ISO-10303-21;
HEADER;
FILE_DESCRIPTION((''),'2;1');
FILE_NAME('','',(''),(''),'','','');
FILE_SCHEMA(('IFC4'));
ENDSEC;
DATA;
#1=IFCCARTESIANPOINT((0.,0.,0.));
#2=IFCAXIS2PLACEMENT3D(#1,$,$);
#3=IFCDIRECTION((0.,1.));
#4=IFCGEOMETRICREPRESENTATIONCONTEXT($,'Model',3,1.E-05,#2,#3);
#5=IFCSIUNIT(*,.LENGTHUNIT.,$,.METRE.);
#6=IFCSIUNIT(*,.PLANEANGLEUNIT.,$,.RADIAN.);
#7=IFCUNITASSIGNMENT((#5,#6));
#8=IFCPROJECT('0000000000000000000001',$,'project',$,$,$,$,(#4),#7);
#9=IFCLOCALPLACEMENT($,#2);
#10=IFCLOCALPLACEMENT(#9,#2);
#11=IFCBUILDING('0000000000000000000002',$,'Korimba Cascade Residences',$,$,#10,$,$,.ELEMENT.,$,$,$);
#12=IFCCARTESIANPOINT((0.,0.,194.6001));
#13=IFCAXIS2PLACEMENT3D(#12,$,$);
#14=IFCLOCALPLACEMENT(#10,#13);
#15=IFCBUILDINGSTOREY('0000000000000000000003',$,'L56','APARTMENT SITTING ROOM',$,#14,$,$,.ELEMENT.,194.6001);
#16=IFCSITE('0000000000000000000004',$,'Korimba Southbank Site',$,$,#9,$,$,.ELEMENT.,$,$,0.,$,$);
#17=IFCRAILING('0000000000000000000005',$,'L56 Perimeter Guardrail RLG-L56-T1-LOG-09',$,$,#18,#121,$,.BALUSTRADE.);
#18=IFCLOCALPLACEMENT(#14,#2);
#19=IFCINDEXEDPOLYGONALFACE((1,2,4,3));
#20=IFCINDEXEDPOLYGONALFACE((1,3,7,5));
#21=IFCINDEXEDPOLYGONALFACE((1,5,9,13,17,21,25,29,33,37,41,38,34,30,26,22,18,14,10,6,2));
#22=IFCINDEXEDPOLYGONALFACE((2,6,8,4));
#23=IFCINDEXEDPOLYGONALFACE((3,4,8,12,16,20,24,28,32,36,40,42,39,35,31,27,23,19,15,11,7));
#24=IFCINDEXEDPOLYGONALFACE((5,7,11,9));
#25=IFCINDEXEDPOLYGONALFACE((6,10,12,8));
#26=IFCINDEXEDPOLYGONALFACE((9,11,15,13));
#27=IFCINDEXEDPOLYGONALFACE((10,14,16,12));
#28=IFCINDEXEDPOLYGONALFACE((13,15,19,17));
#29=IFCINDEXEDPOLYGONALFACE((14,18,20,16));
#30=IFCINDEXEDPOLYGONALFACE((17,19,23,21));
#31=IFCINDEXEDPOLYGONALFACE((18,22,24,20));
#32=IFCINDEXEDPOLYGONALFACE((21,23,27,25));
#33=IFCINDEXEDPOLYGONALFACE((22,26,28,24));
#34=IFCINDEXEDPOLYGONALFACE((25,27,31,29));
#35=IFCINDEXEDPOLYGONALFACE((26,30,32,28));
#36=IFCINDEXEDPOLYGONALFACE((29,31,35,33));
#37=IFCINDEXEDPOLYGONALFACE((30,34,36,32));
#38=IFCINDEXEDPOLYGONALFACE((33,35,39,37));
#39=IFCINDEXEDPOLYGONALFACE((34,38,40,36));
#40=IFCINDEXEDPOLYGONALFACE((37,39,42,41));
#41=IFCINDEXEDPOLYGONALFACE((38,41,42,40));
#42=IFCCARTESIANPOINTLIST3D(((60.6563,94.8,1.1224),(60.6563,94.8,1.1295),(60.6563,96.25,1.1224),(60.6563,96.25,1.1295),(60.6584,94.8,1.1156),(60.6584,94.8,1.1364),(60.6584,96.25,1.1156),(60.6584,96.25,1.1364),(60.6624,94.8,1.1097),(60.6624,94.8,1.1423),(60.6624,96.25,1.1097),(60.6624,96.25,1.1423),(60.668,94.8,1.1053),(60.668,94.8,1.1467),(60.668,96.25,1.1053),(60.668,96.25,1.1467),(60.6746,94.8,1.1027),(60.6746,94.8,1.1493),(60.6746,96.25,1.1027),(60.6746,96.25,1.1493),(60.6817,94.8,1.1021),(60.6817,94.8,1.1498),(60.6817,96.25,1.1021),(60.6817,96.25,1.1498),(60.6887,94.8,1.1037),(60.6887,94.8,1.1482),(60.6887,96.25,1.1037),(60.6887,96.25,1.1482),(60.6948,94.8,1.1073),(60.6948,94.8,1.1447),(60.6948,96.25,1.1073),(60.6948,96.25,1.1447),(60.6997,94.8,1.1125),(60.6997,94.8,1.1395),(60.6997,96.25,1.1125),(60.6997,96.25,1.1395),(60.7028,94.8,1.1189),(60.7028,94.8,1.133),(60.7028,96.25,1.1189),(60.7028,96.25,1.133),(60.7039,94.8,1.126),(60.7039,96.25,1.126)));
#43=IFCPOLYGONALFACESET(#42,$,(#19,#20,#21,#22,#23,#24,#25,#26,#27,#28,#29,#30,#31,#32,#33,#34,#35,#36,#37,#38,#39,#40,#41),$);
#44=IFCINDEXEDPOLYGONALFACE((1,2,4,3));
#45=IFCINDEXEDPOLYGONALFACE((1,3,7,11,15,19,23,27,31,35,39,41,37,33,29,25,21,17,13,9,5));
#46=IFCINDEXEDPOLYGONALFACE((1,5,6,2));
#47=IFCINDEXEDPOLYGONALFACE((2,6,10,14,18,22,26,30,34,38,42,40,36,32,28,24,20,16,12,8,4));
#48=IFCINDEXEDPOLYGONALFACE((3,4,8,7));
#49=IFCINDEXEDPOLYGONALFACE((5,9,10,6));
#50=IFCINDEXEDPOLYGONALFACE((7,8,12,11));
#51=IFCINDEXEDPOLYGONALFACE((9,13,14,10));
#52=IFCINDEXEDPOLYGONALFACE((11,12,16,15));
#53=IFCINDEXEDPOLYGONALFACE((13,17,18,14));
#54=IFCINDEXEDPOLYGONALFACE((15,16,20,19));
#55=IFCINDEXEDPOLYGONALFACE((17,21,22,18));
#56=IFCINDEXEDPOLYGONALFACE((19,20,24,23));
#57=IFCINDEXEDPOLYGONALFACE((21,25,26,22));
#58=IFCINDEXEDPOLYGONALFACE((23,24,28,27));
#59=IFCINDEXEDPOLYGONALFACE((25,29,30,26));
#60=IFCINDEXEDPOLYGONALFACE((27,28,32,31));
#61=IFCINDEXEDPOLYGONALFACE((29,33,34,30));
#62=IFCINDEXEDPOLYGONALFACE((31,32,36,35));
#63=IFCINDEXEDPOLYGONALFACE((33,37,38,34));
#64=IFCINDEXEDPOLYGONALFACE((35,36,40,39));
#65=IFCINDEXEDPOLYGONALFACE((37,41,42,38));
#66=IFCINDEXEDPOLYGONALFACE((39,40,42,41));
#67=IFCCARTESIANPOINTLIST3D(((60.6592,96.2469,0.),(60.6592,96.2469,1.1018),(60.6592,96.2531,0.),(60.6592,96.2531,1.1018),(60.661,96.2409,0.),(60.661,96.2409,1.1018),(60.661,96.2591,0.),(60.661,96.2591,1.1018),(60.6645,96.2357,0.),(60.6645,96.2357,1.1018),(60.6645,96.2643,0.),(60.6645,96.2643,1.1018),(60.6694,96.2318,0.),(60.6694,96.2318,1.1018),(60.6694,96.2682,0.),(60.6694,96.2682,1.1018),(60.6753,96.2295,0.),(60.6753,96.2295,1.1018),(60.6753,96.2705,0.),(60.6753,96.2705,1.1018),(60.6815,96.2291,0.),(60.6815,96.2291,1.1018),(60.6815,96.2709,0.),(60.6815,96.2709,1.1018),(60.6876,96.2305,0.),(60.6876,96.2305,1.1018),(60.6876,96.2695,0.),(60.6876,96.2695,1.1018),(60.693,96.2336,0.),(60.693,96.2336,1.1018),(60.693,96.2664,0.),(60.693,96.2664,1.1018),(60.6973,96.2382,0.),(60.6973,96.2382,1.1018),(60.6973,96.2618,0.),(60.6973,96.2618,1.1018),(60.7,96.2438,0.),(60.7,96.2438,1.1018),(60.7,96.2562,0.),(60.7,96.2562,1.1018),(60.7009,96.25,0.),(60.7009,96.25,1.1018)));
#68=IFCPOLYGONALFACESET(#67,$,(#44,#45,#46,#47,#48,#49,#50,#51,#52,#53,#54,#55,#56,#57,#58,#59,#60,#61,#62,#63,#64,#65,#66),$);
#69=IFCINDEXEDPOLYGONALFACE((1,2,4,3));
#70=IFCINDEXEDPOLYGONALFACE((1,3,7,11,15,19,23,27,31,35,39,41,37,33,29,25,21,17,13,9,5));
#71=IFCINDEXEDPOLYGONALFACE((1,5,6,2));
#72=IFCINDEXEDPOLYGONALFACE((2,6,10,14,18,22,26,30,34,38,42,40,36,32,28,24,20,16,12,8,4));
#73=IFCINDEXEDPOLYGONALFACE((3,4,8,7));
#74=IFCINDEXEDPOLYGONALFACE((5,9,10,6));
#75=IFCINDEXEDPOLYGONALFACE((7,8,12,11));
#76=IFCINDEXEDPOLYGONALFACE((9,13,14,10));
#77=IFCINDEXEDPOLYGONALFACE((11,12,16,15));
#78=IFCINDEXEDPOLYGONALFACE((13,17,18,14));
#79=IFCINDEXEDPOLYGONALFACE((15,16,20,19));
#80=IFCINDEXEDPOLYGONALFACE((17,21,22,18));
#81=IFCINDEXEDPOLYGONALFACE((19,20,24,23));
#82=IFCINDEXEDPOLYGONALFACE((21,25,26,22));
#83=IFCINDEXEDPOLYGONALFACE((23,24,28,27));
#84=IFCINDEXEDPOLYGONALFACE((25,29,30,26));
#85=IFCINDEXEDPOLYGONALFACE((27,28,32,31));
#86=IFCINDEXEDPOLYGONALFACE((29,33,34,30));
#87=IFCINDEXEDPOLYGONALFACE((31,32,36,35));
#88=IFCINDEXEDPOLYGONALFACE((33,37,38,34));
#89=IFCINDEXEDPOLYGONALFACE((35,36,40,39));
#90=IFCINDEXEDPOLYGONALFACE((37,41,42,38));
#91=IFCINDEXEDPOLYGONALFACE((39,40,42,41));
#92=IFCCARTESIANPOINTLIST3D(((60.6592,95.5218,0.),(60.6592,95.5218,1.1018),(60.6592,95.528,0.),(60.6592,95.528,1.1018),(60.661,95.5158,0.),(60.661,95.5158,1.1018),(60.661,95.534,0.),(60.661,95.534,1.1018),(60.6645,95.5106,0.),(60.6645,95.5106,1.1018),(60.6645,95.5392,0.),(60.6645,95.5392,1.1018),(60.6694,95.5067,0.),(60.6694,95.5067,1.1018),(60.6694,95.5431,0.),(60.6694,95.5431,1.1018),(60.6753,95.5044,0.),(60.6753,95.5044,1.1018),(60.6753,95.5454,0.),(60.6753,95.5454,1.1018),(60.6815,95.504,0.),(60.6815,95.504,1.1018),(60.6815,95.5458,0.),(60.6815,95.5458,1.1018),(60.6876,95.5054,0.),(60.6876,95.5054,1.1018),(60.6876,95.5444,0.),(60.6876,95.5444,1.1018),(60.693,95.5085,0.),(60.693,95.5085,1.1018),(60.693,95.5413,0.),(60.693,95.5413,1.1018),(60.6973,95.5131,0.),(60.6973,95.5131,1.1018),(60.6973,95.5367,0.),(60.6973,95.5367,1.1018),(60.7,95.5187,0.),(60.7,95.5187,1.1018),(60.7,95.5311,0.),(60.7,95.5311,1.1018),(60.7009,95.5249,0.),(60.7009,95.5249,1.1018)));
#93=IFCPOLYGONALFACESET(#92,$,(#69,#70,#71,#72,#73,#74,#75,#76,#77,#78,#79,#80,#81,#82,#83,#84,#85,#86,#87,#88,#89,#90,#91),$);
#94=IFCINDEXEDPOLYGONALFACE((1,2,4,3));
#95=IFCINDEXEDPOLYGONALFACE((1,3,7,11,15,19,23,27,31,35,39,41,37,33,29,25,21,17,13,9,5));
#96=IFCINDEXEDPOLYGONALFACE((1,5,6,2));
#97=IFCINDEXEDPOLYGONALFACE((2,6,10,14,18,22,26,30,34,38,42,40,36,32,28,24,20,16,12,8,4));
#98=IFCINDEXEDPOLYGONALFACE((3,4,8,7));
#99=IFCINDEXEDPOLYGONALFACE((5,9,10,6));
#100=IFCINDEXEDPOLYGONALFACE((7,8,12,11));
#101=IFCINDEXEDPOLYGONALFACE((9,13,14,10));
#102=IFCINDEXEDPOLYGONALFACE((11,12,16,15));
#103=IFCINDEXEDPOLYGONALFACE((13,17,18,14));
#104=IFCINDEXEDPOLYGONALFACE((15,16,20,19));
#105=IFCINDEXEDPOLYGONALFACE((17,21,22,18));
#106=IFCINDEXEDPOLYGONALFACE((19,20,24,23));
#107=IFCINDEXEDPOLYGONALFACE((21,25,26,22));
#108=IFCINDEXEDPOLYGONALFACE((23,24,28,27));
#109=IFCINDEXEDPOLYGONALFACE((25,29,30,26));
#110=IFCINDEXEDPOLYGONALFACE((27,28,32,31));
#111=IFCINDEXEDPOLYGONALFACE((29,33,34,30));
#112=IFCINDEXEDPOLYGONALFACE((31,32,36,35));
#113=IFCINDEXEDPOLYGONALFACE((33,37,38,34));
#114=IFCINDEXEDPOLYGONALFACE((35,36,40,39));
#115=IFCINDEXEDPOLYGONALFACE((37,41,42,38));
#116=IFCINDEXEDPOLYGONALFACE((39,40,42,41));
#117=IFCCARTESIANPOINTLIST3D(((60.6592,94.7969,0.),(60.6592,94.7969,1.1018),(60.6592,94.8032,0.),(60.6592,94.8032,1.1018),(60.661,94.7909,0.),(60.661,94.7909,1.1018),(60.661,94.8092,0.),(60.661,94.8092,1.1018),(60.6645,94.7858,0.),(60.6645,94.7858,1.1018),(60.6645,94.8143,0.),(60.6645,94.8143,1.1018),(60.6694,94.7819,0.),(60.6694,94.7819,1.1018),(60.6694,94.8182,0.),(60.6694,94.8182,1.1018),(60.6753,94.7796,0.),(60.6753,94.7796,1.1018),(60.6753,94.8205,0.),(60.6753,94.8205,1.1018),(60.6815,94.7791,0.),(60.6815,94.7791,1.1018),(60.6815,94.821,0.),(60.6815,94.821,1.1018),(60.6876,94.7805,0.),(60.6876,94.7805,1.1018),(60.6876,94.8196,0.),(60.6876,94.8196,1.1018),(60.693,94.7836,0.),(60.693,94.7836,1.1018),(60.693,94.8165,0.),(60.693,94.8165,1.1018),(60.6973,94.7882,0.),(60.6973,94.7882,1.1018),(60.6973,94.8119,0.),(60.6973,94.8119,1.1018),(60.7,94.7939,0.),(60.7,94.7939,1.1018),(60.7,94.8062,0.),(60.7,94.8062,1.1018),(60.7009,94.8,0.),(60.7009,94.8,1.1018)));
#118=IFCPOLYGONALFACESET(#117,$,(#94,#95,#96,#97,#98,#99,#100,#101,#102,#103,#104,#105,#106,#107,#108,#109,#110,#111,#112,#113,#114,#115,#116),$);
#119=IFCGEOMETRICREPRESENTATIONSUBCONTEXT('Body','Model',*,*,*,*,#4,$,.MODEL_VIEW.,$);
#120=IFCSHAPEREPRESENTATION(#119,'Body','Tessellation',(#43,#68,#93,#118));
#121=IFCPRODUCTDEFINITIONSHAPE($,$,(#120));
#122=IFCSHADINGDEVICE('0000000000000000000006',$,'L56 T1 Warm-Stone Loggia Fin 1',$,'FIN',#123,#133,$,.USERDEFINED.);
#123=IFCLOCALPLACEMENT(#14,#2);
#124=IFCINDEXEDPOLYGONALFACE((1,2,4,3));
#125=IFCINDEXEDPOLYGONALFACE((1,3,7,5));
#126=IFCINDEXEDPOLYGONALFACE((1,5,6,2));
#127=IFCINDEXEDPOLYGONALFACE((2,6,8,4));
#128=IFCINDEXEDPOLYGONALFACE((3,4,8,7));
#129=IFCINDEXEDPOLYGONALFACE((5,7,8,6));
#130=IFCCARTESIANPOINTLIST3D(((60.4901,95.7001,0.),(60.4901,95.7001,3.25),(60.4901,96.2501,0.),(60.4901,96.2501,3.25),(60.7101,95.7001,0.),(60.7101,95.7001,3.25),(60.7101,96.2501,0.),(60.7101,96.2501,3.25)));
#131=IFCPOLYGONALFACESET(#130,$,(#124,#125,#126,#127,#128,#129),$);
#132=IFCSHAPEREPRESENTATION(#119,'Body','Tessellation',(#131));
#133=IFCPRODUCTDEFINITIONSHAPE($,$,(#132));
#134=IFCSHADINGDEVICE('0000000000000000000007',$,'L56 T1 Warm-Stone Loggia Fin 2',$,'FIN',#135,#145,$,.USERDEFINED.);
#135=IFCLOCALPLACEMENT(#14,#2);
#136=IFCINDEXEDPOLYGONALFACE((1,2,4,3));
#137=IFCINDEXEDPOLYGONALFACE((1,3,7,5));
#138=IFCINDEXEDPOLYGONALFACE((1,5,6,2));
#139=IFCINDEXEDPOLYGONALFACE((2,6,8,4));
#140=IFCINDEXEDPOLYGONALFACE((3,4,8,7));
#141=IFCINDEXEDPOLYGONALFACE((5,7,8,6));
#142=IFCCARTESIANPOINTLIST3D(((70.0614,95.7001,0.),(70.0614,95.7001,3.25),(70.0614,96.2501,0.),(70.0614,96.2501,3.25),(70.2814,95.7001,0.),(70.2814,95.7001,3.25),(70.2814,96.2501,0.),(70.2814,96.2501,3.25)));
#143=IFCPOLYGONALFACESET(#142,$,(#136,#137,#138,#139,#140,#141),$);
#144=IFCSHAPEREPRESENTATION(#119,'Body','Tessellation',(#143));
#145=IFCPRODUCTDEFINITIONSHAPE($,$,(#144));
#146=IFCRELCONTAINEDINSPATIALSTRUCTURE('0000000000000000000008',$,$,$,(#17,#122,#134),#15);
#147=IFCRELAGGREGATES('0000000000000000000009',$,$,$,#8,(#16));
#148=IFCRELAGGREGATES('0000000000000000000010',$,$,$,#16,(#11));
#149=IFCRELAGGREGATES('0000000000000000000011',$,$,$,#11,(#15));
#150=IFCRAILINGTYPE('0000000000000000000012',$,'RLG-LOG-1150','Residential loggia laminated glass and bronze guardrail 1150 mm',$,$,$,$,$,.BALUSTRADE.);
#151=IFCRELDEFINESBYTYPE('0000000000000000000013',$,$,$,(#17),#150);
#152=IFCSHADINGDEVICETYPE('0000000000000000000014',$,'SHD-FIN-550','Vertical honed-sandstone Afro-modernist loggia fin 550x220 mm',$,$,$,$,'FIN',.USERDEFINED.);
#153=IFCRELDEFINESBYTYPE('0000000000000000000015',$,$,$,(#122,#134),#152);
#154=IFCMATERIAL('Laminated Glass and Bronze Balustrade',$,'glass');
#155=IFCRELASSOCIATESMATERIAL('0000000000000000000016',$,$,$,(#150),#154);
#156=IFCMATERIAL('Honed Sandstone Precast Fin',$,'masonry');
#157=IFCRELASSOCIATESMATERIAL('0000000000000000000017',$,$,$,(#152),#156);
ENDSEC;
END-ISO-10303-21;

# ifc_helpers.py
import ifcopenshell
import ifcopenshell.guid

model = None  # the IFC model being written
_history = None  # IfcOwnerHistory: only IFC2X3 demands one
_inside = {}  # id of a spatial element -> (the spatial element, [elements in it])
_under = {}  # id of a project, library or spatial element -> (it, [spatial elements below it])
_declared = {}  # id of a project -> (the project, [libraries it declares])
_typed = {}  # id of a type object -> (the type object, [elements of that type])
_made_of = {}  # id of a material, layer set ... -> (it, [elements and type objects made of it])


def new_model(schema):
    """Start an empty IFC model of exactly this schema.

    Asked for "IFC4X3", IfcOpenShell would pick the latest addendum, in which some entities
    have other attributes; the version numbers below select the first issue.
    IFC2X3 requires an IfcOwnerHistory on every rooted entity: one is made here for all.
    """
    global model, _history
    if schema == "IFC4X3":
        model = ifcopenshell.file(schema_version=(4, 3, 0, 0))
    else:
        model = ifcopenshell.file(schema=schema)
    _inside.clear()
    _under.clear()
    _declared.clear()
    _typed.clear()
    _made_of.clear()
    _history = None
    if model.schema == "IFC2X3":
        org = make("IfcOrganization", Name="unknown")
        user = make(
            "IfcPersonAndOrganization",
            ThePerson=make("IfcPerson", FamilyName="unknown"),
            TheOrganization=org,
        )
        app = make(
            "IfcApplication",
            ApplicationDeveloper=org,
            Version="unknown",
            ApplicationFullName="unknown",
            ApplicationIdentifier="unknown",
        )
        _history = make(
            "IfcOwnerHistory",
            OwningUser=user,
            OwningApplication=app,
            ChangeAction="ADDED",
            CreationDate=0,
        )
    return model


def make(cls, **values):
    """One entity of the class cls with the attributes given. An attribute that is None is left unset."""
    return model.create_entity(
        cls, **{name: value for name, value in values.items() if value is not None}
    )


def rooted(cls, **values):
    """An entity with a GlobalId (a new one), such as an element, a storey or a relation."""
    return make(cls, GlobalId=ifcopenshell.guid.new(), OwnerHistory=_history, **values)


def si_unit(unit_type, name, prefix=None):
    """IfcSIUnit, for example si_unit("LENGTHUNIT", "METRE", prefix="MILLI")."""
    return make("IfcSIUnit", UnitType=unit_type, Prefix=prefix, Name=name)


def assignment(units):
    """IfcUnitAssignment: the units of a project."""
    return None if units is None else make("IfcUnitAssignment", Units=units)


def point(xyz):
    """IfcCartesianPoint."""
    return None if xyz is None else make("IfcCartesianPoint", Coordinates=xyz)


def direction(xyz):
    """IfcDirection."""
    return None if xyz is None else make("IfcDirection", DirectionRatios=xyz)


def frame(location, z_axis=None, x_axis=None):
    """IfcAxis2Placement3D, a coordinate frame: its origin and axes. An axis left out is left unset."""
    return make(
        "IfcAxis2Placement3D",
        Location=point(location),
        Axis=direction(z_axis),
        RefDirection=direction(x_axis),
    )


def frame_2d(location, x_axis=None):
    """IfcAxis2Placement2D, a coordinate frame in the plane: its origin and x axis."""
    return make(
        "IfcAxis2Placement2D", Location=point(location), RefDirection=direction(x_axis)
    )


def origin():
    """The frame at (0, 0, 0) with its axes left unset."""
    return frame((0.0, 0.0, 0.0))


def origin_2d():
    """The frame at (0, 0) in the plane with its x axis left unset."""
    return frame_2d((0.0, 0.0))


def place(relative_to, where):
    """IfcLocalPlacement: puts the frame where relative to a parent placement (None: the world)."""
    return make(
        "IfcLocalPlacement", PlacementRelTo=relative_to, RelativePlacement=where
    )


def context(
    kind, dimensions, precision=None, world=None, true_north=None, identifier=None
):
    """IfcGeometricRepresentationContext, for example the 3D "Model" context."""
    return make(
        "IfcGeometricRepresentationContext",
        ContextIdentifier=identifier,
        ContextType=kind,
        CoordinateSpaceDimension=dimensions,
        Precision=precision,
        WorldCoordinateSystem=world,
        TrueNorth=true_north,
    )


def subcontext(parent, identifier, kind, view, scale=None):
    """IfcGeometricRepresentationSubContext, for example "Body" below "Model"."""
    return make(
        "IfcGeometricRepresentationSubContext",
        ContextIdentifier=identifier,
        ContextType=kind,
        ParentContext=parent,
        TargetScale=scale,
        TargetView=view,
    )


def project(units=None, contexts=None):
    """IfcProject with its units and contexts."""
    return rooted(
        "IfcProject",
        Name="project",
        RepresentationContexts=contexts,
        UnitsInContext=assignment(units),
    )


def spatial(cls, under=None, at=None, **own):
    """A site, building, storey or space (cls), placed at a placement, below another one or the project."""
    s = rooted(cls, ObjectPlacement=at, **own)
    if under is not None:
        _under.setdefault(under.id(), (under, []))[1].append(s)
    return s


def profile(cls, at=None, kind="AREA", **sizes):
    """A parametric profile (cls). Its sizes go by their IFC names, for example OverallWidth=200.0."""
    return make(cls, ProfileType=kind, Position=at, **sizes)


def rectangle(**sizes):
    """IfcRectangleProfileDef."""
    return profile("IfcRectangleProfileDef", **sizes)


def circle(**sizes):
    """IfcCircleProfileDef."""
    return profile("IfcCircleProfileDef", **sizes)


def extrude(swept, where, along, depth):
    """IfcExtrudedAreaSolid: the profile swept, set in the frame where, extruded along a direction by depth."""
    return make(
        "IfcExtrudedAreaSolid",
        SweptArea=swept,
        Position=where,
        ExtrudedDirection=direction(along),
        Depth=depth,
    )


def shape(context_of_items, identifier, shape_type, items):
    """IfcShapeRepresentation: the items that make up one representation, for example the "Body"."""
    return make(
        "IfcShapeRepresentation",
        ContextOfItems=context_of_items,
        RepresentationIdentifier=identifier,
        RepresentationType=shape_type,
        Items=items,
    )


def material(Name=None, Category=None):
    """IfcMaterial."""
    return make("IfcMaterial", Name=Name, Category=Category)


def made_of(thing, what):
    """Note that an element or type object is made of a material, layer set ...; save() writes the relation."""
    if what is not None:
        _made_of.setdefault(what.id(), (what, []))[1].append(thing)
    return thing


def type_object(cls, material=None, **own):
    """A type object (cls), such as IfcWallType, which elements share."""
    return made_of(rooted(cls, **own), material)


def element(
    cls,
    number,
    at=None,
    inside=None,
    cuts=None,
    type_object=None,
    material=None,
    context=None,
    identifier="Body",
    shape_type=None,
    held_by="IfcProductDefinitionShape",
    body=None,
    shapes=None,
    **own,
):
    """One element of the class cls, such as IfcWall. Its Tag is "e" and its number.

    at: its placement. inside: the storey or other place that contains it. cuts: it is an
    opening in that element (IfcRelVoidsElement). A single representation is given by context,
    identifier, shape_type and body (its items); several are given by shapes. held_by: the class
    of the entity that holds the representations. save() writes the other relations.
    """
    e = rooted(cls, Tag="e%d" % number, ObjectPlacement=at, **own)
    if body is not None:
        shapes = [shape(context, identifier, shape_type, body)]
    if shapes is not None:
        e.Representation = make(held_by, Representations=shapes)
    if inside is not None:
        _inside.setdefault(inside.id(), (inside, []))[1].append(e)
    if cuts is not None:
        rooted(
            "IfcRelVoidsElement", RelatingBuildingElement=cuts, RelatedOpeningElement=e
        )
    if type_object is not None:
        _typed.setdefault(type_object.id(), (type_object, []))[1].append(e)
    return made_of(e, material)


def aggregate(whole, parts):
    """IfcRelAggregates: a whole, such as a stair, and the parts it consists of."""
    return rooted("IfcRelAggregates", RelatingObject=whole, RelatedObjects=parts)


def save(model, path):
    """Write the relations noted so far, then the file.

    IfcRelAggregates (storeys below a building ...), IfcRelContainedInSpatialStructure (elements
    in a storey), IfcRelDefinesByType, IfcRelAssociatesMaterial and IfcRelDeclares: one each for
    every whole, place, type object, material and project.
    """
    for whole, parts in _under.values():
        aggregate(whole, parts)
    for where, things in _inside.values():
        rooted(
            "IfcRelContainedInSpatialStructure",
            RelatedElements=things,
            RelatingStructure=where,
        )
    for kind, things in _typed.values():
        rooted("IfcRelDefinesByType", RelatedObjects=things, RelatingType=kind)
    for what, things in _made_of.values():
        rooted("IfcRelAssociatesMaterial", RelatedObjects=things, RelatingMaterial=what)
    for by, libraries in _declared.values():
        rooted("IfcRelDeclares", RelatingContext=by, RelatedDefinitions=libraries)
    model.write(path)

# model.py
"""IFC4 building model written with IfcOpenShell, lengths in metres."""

from ifc_helpers import new_model, si_unit, direction, frame, origin, origin_2d, place, context, subcontext, project, spatial, rectangle, circle, extrude, material, type_object, element, save


model = new_model("IFC4")

# Units and contexts
model_context = context("Model", 3, precision=1e-05, world=origin(), true_north=direction((0.0, 1.0)))
body_context = subcontext(model_context, "Body", "Model", "MODEL_VIEW")
ifc_project = project(units=[si_unit("LENGTHUNIT", "METRE"), si_unit("PLANEANGLEUNIT", "RADIAN")], contexts=[model_context])

# Site, building, storey
site_placement = place(None, origin())
site = spatial("IfcSite", under=ifc_project, at=site_placement, Name="Korimba Southbank Site", CompositionType="ELEMENT", RefElevation=0.0)
building_placement = place(site_placement, origin())
building = spatial("IfcBuilding", under=site, at=building_placement, Name="Korimba Cascade Residences", CompositionType="ELEMENT")
storey_placement = place(building_placement, frame((0.0, 0.0, 194.6001)))
storey = spatial("IfcBuildingStorey", under=building, at=storey_placement, Name="L56", Description="APARTMENT SITTING ROOM", CompositionType="ELEMENT", Elevation=194.6001)

# Railing
ifc_material_1 = material(Name="Laminated Glass and Bronze Balustrade", Category="glass")
railing_type = type_object("IfcRailingType", Name="RLG-LOG-1150", Description="Residential loggia laminated glass and bronze guardrail 1150 mm", PredefinedType="BALUSTRADE", material=ifc_material_1)
railing_1_placement = place(storey_placement, frame((60.6799, 96.25, 0.0)))
element("IfcRailing", 1, at=railing_1_placement, inside=storey, type_object=railing_type, Name="L56 Perimeter Guardrail RLG-L56-T1-LOG-09", PredefinedType="BALUSTRADE", context=body_context, shape_type="SweptSolid", body=[
    extrude(circle(Radius=0.0239, at=origin_2d()), frame((0.0, 0.0, 1.126), z_axis=(0.0, -1.0, 0.0), x_axis=(1.0, 0.0, 0.0)), (0.0, 0.0, 1.0), 1.45),
    extrude(circle(Radius=0.021, at=origin_2d()), origin(), (0.0, 0.0, 1.0), 1.1018),
    extrude(circle(Radius=0.021, at=origin_2d()), frame((0.0, -0.7251, 0.0)), (0.0, 0.0, 1.0), 1.1018),
    extrude(circle(Radius=0.021, at=origin_2d()), frame((0.0, -1.45, 0.0)), (0.0, 0.0, 1.0), 1.1018),
])

# Shading devices
ifc_material_2 = material(Name="Honed Sandstone Precast Fin", Category="masonry")
shading_device_type = type_object("IfcShadingDeviceType", Name="SHD-FIN-550", Description="Vertical honed-sandstone Afro-modernist loggia fin 550x220 mm", ElementType="FIN", PredefinedType="USERDEFINED", material=ifc_material_2)
for number, where, z_axis, x_axis, name in (
    (2, (60.6001, 95.9751, 0.0), (0.0, 0.0, 1.0), (1.0, 0.0, 0.0), "L56 T1 Warm-Stone Loggia Fin 1"),
    (3, (70.1714, 95.9751, 0.0), (0.0, 0.0, 1.0), (1.0, 0.0, 0.0), "L56 T1 Warm-Stone Loggia Fin 2"),
):
    element("IfcShadingDevice", number, at=place(storey_placement, frame(where, z_axis=z_axis, x_axis=x_axis)), inside=storey, type_object=shading_device_type, Name=name, ObjectType="FIN", PredefinedType="USERDEFINED", context=body_context, shape_type="SweptSolid", body=[
        extrude(rectangle(XDim=0.22, YDim=0.55, at=origin_2d()), origin(), (0.0, 0.0, 1.0), 3.25),
    ])

save(model, "model.ifc")
